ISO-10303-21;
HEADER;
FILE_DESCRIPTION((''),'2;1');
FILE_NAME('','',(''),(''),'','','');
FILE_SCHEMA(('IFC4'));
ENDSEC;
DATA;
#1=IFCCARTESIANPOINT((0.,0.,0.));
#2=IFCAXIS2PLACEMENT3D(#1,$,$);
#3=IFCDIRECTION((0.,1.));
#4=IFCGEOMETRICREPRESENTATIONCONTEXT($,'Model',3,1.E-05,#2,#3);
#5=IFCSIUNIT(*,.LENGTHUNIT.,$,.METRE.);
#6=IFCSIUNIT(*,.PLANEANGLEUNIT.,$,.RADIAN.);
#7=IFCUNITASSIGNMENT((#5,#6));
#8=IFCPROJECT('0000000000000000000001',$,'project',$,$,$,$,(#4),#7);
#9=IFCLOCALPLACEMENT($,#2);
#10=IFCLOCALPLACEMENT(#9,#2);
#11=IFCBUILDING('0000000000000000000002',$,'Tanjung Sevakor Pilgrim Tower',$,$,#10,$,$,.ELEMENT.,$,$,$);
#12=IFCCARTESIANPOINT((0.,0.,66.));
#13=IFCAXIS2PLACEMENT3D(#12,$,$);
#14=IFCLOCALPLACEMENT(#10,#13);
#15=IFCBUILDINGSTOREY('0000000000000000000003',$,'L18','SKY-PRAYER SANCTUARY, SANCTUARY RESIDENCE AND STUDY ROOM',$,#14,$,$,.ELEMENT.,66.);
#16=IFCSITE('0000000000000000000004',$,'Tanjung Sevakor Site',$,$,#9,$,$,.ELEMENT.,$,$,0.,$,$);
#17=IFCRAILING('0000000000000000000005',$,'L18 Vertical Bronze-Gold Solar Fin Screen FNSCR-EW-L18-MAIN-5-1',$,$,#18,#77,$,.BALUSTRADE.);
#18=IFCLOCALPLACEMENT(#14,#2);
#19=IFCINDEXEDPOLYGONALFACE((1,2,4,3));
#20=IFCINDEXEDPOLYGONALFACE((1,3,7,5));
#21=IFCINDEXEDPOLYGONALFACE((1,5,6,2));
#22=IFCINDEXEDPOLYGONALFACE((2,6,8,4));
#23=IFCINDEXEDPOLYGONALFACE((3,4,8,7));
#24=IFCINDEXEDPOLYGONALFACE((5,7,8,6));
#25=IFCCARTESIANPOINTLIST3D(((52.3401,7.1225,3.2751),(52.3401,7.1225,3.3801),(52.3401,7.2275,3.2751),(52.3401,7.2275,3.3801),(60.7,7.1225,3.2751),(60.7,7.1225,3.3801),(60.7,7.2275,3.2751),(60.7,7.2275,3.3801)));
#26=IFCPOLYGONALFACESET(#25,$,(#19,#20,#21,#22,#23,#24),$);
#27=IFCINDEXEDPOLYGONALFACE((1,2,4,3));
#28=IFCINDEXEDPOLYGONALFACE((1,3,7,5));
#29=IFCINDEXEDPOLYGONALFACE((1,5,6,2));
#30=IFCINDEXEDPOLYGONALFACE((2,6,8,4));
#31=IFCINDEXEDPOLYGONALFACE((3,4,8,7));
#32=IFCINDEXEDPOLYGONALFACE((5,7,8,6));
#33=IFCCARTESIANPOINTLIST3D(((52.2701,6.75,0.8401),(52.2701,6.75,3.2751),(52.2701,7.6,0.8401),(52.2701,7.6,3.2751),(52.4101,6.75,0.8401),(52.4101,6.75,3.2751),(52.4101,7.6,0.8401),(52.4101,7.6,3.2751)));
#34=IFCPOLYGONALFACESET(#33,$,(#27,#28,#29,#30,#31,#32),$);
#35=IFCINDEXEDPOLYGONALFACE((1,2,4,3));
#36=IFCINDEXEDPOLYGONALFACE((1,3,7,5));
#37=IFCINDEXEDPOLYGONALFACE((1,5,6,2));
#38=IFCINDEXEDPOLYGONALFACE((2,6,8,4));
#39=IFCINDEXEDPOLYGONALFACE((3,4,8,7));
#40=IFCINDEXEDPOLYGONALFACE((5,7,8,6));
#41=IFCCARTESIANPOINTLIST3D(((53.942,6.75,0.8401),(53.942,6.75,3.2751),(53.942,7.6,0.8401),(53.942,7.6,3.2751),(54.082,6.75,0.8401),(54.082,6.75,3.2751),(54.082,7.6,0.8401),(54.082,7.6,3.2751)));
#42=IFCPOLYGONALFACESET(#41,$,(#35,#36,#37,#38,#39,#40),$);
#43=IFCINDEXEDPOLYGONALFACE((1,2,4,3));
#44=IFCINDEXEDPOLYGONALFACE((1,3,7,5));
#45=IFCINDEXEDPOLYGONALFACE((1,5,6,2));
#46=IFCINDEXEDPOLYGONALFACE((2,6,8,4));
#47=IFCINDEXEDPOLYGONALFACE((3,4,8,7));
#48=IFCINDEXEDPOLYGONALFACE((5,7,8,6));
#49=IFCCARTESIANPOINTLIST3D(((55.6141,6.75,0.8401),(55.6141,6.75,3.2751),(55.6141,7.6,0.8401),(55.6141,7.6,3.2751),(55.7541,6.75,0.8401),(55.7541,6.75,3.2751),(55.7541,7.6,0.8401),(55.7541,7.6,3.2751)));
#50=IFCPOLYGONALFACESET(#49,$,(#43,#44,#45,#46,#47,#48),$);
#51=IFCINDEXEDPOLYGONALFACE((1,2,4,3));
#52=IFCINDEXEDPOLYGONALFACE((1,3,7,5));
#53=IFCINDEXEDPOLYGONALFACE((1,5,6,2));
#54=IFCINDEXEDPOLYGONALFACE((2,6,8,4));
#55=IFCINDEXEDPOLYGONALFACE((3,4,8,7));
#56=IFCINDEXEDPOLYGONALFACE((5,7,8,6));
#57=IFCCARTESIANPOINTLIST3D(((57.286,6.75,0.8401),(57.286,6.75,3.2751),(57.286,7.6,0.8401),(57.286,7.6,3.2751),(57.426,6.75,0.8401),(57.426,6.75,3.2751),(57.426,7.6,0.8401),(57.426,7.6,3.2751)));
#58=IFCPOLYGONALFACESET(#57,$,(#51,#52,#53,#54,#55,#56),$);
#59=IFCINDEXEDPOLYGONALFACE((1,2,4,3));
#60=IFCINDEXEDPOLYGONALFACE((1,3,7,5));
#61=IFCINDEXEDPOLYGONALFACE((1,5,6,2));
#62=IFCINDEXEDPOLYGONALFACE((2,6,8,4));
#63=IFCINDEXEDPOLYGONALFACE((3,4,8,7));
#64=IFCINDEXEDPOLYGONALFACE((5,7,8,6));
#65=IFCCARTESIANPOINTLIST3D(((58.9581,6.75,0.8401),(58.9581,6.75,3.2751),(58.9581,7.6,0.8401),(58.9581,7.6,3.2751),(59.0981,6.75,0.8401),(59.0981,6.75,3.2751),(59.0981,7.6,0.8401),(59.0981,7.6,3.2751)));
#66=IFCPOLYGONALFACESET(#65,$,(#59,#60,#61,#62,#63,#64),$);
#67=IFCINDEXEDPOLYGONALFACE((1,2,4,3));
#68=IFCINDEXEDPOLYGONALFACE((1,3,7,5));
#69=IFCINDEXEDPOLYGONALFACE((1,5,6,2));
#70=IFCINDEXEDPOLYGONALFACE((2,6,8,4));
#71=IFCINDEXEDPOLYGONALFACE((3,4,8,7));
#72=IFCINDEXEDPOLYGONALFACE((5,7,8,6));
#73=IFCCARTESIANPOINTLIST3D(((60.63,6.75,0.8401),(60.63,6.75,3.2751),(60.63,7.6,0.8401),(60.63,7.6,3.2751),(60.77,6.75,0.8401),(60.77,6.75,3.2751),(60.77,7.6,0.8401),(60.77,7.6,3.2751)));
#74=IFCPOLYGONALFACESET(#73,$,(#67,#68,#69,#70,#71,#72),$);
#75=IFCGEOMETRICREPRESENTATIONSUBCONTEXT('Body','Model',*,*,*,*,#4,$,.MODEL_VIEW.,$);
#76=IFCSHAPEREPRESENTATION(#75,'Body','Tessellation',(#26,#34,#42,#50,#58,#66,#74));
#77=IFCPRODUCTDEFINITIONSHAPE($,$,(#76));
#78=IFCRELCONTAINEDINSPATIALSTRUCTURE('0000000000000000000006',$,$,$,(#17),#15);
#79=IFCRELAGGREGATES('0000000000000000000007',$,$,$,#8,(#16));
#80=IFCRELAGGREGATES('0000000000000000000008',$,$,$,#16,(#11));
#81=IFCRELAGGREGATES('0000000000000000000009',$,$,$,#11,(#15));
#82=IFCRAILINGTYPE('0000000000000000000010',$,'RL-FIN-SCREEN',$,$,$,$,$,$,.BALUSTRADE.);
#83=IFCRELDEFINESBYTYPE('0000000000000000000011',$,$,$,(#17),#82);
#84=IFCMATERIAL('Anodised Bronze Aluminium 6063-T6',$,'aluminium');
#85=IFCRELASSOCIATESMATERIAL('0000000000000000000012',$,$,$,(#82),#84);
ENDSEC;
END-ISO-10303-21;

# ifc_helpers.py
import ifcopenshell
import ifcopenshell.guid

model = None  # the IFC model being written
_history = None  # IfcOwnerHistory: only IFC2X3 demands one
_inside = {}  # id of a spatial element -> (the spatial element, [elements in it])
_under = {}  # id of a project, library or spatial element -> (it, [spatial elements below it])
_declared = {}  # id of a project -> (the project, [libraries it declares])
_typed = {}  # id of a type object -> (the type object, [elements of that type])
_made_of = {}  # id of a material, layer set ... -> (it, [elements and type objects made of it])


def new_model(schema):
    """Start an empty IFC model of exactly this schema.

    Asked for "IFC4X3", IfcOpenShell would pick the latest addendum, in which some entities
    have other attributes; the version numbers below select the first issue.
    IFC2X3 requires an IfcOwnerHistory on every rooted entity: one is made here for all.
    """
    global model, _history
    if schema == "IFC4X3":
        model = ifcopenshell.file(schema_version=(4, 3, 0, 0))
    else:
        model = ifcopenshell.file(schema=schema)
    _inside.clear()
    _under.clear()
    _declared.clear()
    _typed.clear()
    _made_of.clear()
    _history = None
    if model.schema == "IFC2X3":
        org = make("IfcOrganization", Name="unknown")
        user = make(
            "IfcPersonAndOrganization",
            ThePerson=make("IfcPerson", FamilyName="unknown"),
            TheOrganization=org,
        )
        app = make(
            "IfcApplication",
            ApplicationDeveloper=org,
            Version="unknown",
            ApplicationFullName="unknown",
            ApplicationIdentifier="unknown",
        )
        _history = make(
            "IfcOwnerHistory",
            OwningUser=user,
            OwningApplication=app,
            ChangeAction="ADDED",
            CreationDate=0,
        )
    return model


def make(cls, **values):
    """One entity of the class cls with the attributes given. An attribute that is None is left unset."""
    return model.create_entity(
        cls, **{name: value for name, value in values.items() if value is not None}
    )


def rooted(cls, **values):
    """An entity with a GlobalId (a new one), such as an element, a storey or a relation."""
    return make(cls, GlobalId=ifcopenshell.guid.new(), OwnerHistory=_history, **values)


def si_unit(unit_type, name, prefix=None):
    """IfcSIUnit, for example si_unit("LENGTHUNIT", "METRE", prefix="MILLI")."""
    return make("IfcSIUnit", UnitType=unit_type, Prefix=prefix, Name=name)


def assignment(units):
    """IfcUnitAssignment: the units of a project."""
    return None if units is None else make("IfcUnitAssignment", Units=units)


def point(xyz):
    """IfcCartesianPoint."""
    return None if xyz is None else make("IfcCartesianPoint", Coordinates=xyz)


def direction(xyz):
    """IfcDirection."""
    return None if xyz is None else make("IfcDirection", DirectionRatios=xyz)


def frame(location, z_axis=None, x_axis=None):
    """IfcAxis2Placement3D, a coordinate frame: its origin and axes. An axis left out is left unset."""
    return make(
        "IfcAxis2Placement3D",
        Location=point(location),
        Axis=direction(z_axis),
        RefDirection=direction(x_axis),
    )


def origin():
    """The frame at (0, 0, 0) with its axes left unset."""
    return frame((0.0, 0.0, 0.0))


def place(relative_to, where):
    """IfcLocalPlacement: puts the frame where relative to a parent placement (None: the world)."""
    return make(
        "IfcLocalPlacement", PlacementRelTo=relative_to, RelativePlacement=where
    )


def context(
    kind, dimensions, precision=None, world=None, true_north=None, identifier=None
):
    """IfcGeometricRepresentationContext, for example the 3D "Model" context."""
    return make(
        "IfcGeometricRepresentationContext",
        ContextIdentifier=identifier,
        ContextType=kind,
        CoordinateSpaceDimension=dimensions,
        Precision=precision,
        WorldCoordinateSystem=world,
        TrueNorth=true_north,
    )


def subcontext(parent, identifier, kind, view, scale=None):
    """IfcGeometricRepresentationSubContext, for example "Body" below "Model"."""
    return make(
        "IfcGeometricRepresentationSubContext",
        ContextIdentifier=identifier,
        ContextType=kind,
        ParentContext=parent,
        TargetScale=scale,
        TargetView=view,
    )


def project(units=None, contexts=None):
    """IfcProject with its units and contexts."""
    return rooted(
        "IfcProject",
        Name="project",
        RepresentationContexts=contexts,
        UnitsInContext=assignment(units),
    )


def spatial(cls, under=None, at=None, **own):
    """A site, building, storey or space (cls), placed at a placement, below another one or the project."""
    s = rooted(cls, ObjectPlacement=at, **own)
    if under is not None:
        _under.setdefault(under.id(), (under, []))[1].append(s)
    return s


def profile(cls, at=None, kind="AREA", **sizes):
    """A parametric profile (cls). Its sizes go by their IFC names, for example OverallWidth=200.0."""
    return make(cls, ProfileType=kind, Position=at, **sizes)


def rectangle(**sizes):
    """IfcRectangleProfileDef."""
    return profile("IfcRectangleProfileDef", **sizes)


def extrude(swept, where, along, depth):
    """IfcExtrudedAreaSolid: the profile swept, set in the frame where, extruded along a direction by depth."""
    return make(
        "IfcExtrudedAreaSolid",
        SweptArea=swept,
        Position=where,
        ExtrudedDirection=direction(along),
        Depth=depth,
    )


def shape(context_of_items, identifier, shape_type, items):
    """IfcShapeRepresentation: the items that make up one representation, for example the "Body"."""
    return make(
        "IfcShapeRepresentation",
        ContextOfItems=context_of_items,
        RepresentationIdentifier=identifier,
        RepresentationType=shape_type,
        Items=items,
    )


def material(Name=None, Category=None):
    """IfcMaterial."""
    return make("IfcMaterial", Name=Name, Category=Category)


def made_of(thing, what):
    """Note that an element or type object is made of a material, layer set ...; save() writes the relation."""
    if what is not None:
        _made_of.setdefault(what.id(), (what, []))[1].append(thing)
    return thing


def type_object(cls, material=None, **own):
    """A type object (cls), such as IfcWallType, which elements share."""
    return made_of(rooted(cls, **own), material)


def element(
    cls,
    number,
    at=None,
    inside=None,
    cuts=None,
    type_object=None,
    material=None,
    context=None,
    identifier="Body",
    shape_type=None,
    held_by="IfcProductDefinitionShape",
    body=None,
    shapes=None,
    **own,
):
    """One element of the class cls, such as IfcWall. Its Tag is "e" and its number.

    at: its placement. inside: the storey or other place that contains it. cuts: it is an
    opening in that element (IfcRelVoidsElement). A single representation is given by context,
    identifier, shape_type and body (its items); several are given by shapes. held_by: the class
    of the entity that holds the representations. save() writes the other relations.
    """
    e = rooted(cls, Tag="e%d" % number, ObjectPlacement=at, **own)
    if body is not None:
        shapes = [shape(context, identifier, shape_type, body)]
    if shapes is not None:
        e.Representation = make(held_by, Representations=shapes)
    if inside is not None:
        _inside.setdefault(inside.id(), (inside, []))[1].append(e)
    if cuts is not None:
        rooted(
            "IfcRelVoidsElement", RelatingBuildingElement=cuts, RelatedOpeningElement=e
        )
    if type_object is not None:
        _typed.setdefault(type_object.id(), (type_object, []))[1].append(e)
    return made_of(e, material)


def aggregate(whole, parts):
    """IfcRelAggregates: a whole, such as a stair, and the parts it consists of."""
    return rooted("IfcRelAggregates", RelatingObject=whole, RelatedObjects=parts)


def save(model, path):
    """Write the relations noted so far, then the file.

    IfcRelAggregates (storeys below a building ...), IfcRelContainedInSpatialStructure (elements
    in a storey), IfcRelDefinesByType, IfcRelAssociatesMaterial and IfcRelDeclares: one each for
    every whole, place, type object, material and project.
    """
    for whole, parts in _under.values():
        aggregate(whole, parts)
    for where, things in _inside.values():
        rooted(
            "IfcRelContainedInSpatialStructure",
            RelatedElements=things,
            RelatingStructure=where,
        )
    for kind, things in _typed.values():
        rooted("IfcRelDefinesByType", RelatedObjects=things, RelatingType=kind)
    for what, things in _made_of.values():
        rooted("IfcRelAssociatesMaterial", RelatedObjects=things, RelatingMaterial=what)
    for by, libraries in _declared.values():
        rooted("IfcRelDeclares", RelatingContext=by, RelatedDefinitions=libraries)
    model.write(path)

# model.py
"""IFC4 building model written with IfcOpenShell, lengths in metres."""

from ifc_helpers import new_model, si_unit, direction, frame, origin, place, context, subcontext, project, spatial, rectangle, extrude, material, type_object, element, save


model = new_model("IFC4")

# Units and contexts
model_context = context("Model", 3, precision=1e-05, world=origin(), true_north=direction((0.0, 1.0)))
body_context = subcontext(model_context, "Body", "Model", "MODEL_VIEW")
ifc_project = project(units=[si_unit("LENGTHUNIT", "METRE"), si_unit("PLANEANGLEUNIT", "RADIAN")], contexts=[model_context])

# Site, building, storey
site_placement = place(None, origin())
site = spatial("IfcSite", under=ifc_project, at=site_placement, Name="Tanjung Sevakor Site", CompositionType="ELEMENT", RefElevation=0.0)
building_placement = place(site_placement, origin())
building = spatial("IfcBuilding", under=site, at=building_placement, Name="Tanjung Sevakor Pilgrim Tower", CompositionType="ELEMENT")
storey_placement = place(building_placement, frame((0.0, 0.0, 66.0)))
storey = spatial("IfcBuildingStorey", under=building, at=storey_placement, Name="L18", Description="SKY-PRAYER SANCTUARY, SANCTUARY RESIDENCE AND STUDY ROOM", CompositionType="ELEMENT", Elevation=66.0)

# Railing
ifc_material_1 = material(Name="Anodised Bronze Aluminium 6063-T6", Category="aluminium")
railing_type = type_object("IfcRailingType", Name="RL-FIN-SCREEN", PredefinedType="BALUSTRADE", material=ifc_material_1)
railing_placement = place(storey_placement, frame((52.3401, 7.175, 0.8401)))
element("IfcRailing", 1, at=railing_placement, inside=storey, type_object=railing_type, Name="L18 Vertical Bronze-Gold Solar Fin Screen FNSCR-EW-L18-MAIN-5-1", PredefinedType="BALUSTRADE", context=body_context, shape_type="SweptSolid", body=[
    extrude(rectangle(XDim=0.105, YDim=0.105), frame((0.0, 0.0, 2.4875), z_axis=(1.0, 0.0, 0.0), x_axis=(0.0, 1.0, 0.0)), (0.0, 0.0, 1.0), 8.3599),
    extrude(rectangle(XDim=0.14, YDim=0.85), origin(), (0.0, 0.0, 1.0), 2.4351),
    extrude(rectangle(XDim=0.14, YDim=0.85), frame((1.6719, 0.0, 0.0)), (0.0, 0.0, 1.0), 2.4351),
    extrude(rectangle(XDim=0.14, YDim=0.85), frame((3.344, 0.0, 0.0)), (0.0, 0.0, 1.0), 2.4351),
    extrude(rectangle(XDim=0.14, YDim=0.85), frame((5.0159, 0.0, 0.0)), (0.0, 0.0, 1.0), 2.4351),
    extrude(rectangle(XDim=0.14, YDim=0.85), frame((6.688, 0.0, 0.0)), (0.0, 0.0, 1.0), 2.4351),
    extrude(rectangle(XDim=0.14, YDim=0.85), frame((8.3599, 0.0, 0.0)), (0.0, 0.0, 1.0), 2.4351),
])

save(model, "model.ifc")
